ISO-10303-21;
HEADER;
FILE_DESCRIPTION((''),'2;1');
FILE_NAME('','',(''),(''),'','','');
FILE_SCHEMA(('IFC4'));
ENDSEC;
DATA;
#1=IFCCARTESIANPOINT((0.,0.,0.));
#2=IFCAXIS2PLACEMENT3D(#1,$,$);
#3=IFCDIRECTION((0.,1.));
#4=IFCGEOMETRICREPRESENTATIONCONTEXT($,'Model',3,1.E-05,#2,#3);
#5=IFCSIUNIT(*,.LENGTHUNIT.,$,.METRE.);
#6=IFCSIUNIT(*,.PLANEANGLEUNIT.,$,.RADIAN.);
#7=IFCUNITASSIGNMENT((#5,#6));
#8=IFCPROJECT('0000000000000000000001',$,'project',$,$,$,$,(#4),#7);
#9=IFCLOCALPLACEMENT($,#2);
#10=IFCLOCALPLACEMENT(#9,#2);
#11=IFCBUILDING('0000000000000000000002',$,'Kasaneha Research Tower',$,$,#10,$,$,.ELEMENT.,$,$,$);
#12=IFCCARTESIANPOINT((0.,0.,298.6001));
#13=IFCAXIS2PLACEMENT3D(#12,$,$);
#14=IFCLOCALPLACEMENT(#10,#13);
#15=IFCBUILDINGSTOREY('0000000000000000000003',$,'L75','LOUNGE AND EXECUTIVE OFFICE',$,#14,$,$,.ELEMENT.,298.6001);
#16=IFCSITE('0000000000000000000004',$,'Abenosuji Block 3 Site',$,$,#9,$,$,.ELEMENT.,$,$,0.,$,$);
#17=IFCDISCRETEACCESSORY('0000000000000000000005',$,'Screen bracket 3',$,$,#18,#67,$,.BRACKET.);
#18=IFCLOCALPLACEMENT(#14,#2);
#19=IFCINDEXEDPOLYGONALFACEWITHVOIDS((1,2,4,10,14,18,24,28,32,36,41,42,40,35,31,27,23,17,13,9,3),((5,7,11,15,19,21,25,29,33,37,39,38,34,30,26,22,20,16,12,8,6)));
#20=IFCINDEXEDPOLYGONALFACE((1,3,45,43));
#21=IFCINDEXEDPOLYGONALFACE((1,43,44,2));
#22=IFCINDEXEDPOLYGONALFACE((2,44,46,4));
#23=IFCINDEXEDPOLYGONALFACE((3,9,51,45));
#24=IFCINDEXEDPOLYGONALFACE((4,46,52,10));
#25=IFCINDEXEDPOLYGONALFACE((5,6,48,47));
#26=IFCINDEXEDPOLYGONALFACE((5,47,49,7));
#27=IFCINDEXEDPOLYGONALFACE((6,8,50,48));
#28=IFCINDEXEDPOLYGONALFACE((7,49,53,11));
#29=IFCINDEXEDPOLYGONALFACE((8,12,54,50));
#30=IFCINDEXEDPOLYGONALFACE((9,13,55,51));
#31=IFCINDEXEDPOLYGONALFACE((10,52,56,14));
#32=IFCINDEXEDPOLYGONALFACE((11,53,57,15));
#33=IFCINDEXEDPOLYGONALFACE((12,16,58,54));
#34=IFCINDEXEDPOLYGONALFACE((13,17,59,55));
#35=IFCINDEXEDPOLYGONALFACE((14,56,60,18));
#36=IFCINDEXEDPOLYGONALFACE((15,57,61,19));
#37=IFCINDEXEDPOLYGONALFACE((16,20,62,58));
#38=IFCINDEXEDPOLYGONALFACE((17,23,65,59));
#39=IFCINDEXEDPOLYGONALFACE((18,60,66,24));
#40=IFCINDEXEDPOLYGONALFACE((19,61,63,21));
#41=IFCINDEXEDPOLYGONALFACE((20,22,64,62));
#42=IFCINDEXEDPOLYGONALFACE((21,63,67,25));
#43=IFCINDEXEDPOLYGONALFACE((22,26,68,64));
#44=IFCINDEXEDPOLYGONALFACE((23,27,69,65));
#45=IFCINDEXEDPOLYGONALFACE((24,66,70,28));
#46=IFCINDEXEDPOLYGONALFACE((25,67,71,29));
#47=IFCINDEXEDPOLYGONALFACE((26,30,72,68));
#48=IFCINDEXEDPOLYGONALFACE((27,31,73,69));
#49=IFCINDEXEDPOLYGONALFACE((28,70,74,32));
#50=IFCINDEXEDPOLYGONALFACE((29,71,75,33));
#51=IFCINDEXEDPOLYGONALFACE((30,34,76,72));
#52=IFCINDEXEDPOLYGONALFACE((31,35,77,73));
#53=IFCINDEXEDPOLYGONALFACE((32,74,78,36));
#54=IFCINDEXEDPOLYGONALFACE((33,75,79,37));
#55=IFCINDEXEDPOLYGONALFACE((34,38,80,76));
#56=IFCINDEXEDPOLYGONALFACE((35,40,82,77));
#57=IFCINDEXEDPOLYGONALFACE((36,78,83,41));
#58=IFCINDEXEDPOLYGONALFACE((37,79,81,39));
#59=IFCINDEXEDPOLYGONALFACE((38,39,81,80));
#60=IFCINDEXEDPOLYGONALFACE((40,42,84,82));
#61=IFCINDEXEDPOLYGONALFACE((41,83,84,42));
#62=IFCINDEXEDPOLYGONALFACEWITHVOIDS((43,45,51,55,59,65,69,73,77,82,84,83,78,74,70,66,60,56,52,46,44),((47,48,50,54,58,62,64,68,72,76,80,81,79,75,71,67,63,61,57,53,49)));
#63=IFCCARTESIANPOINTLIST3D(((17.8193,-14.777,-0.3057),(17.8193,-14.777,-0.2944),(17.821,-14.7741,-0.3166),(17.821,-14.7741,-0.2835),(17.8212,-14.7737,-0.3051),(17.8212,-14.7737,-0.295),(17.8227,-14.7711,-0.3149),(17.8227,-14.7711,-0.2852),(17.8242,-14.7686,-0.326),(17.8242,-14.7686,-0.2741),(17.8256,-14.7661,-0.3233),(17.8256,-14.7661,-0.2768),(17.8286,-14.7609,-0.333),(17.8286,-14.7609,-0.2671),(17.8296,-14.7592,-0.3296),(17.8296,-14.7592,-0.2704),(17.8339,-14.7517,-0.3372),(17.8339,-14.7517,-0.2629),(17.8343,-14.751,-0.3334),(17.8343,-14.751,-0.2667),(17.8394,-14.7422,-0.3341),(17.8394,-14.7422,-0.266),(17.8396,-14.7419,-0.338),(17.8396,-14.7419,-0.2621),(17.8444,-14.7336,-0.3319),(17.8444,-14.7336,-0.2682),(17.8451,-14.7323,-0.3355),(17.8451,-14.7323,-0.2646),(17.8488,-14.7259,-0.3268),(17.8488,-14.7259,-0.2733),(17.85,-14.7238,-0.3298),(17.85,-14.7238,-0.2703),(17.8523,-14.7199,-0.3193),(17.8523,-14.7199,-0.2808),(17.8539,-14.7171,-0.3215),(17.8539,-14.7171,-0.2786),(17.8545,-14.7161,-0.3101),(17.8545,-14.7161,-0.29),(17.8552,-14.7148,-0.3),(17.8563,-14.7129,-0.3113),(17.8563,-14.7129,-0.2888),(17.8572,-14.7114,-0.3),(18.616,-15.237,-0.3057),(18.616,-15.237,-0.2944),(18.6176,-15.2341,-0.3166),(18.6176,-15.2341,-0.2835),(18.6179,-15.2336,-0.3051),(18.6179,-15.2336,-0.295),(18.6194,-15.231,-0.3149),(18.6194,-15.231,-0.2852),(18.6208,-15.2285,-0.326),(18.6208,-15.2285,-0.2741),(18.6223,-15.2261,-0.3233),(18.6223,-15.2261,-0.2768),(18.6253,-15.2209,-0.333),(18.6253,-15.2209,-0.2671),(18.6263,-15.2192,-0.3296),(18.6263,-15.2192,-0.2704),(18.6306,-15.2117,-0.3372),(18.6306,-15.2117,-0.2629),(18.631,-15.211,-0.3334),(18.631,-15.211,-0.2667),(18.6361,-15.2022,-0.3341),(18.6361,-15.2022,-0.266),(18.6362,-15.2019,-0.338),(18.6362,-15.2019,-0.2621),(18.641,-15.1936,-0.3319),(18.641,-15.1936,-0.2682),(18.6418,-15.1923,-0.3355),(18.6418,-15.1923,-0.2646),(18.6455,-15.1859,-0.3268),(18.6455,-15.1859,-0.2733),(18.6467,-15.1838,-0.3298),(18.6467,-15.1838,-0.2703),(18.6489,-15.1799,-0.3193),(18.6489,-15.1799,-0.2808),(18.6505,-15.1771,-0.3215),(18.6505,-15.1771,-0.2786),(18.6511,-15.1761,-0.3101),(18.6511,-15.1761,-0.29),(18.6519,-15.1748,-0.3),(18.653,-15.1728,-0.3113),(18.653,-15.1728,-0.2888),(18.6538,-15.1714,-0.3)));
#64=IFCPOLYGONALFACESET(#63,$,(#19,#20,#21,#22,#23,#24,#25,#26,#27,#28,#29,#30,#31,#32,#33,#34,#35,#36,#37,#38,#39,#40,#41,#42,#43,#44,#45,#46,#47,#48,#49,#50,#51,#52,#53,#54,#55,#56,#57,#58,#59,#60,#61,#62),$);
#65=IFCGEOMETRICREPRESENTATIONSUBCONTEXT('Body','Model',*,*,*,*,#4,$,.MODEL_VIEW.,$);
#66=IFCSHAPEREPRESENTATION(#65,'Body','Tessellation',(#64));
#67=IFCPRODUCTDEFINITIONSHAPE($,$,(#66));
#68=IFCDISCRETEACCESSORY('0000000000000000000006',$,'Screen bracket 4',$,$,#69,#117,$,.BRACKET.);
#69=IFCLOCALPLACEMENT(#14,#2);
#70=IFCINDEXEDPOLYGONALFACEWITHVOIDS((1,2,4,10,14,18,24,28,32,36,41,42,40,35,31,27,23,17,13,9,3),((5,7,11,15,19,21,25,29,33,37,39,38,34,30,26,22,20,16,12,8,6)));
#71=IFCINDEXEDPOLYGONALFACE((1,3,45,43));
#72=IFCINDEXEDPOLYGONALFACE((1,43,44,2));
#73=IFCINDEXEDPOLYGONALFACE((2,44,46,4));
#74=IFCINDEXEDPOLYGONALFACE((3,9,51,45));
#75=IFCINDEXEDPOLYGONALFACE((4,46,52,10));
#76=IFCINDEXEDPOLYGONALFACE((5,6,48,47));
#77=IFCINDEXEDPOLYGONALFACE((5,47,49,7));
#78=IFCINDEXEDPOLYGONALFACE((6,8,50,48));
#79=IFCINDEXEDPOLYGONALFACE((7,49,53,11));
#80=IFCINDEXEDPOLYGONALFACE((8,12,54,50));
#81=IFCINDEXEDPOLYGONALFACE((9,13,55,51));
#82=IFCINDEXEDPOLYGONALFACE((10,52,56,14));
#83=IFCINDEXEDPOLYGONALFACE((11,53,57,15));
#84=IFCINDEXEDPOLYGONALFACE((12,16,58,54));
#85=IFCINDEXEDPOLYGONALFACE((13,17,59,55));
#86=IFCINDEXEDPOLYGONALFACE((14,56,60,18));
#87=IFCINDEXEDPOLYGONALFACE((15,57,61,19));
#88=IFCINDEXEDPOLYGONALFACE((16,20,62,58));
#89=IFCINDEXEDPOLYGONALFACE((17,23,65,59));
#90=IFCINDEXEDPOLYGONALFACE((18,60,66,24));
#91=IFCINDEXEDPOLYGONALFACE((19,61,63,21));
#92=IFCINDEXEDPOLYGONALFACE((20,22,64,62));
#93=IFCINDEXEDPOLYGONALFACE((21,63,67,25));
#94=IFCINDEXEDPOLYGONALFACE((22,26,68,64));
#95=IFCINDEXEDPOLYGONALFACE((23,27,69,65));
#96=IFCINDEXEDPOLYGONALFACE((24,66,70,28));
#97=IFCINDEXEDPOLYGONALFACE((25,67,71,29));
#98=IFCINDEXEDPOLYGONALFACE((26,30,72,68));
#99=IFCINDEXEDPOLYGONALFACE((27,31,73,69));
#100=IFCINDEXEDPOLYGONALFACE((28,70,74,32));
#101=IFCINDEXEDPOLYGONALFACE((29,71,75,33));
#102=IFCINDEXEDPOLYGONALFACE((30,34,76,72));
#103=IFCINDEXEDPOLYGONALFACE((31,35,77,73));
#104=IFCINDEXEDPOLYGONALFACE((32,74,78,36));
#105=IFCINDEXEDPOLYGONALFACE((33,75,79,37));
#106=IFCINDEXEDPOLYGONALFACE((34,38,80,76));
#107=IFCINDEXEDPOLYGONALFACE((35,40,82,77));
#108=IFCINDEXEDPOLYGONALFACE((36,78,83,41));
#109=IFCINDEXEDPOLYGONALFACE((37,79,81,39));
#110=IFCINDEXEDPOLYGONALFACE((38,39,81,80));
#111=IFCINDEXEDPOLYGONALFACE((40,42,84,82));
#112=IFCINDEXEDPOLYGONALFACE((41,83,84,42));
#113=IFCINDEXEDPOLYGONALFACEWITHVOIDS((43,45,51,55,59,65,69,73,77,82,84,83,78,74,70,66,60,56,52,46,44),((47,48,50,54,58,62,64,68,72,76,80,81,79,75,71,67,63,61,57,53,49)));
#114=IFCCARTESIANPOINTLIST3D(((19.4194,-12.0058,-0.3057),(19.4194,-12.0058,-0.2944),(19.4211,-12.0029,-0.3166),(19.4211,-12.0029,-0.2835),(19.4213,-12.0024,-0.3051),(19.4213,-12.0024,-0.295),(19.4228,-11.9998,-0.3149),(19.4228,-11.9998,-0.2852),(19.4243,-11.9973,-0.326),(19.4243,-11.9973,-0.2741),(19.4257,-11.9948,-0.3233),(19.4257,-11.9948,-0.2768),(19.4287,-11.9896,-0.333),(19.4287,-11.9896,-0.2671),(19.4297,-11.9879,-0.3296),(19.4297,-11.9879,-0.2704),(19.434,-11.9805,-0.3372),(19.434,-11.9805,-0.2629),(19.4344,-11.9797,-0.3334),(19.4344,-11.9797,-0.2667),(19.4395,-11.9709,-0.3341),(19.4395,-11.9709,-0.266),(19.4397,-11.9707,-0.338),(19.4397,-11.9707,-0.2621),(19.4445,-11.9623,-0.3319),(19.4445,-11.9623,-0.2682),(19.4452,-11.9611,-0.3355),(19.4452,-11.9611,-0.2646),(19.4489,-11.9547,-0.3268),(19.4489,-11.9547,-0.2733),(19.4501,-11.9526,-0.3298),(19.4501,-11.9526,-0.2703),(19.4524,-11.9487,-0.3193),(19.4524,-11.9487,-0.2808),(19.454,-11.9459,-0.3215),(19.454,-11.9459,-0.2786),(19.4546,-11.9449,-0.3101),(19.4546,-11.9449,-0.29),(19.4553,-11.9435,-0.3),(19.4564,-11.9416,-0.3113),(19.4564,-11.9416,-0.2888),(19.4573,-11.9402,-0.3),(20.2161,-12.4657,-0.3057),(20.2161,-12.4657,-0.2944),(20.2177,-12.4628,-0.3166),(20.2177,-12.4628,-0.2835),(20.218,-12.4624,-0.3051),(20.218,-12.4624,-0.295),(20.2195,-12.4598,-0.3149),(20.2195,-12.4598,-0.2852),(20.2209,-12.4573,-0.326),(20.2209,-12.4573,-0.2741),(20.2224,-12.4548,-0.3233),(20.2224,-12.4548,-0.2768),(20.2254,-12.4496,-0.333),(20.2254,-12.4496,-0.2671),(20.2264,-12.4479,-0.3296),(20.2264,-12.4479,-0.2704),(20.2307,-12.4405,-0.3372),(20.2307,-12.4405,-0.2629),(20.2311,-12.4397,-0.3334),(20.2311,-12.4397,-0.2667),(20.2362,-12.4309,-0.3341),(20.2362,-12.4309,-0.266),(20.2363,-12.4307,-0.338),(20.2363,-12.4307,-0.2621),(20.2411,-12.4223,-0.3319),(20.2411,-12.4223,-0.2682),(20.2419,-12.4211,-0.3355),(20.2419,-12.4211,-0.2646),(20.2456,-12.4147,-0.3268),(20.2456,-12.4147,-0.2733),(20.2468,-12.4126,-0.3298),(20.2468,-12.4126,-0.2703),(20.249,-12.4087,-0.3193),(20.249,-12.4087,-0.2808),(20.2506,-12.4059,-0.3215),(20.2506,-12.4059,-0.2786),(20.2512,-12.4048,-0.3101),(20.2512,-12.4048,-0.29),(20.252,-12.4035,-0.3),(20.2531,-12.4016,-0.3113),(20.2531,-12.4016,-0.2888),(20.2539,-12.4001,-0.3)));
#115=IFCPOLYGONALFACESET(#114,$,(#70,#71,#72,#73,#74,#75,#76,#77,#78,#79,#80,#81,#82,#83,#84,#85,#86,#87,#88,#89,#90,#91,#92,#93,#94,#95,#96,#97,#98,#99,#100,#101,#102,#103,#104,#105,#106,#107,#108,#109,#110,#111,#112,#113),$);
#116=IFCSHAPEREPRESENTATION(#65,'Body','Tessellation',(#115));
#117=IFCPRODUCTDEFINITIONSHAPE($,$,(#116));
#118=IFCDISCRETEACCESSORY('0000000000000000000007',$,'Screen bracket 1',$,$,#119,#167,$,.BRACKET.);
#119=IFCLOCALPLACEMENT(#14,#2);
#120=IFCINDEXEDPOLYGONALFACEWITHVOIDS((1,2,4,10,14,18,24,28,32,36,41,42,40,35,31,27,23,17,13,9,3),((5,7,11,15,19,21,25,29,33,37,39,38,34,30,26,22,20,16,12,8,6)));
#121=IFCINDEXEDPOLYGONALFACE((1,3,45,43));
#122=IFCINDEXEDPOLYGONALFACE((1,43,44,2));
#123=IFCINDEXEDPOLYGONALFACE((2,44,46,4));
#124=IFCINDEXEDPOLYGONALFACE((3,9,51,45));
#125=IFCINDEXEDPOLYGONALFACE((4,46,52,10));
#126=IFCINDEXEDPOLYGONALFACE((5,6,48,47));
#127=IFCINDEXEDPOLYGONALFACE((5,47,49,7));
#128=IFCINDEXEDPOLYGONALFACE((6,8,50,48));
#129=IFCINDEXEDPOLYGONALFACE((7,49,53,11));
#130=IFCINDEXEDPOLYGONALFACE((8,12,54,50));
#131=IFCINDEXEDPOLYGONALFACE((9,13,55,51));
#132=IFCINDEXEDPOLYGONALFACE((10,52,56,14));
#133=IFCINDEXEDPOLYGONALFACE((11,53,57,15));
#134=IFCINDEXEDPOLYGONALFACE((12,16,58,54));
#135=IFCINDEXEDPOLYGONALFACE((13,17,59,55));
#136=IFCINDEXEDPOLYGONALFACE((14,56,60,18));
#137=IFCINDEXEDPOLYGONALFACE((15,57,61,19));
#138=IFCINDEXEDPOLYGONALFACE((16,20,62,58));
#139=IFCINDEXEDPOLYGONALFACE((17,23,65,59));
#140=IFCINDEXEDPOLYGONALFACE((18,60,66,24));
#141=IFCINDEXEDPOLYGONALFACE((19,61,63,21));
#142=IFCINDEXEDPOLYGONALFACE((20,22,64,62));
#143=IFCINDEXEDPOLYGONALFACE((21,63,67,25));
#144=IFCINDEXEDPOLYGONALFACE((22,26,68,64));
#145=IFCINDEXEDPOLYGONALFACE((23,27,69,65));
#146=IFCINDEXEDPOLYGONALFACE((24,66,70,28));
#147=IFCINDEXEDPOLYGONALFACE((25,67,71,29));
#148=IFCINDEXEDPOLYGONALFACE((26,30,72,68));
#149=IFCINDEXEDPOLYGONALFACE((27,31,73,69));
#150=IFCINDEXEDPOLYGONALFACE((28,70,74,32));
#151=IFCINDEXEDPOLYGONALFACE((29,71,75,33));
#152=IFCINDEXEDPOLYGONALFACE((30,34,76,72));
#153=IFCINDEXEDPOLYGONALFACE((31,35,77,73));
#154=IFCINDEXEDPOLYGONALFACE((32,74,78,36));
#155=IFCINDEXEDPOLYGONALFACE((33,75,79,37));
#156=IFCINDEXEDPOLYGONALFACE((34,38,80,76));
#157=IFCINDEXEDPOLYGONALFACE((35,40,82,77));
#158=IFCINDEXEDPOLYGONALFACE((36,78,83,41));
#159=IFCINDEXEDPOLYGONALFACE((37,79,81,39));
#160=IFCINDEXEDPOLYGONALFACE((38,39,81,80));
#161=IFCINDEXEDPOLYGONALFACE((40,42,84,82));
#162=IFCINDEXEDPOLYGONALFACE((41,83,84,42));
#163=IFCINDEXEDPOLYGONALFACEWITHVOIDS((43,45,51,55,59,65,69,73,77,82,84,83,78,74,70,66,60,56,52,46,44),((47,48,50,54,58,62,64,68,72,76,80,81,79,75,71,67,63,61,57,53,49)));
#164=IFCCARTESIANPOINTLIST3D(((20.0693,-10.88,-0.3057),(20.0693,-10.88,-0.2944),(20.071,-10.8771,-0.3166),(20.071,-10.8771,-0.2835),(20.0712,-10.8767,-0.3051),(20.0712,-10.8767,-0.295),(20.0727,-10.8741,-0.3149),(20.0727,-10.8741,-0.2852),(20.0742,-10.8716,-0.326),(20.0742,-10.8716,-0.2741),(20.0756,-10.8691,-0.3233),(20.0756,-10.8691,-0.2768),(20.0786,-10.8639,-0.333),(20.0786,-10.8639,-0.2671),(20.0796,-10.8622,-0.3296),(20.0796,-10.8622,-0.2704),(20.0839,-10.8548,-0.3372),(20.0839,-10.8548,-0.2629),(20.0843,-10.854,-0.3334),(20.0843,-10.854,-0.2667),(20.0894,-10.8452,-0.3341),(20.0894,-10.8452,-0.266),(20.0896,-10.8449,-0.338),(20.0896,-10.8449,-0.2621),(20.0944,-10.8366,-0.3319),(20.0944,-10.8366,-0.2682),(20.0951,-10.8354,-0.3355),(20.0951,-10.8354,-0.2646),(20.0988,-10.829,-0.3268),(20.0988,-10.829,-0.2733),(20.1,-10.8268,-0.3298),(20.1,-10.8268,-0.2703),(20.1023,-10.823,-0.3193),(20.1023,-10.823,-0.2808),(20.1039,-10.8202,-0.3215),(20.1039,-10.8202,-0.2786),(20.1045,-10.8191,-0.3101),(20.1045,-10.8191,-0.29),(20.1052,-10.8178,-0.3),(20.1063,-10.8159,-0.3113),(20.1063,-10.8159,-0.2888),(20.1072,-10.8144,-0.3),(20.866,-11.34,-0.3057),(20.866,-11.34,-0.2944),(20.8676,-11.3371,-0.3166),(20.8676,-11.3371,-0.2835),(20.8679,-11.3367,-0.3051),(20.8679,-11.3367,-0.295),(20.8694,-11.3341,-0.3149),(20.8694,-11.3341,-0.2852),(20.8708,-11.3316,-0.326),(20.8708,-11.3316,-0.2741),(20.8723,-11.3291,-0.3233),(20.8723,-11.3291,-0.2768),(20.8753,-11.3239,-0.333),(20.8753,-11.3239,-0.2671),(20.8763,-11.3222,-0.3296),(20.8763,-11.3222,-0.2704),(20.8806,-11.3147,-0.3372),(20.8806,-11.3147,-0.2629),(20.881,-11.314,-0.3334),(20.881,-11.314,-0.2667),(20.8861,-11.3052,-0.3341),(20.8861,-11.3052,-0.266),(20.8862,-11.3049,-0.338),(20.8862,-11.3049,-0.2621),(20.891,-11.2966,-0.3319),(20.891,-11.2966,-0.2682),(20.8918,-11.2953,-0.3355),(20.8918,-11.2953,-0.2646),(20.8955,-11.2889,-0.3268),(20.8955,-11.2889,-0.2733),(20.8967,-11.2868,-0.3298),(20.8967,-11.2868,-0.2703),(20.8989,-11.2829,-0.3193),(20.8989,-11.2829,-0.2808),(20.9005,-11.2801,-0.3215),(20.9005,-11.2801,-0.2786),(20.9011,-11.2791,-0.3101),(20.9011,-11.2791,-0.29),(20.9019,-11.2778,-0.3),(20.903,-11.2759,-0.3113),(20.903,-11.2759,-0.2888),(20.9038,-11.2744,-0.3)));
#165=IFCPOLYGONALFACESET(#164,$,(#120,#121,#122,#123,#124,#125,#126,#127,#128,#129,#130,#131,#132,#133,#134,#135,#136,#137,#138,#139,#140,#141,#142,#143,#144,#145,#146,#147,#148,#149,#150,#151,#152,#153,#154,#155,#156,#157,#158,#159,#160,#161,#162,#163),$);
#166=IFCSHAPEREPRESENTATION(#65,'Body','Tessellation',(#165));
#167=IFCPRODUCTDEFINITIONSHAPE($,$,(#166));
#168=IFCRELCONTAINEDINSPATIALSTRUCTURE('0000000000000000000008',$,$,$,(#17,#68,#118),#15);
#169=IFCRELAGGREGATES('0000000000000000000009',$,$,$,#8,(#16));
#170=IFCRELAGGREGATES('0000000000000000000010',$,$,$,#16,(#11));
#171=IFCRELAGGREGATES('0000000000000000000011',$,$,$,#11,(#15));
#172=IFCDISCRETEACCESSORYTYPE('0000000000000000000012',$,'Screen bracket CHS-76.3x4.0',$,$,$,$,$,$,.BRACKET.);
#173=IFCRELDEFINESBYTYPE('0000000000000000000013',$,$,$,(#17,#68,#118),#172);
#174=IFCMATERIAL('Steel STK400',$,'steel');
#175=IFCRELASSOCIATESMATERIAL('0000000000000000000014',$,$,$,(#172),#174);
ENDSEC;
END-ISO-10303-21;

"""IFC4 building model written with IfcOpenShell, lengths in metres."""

from ifc_helpers import new_model, si_unit, direction, frame, origin, origin_2d, place, context, subcontext, project, spatial, hollow_circle, extrude, material, material_profile, profile_set, type_object, element, save


model = new_model("IFC4")

# Units and contexts
model_context = context("Model", 3, precision=1e-05, world=origin(), true_north=direction((0.0, 1.0)))
body_context = subcontext(model_context, "Body", "Model", "MODEL_VIEW")
ifc_project = project(units=[si_unit("LENGTHUNIT", "METRE"), si_unit("PLANEANGLEUNIT", "RADIAN")], contexts=[model_context])

# Site, building, storey
site_placement = place(None, origin())
site = spatial("IfcSite", under=ifc_project, at=site_placement, Name="Abenosuji Block 3 Site", CompositionType="ELEMENT", RefElevation=0.0)
building_placement = place(site_placement, origin())
building = spatial("IfcBuilding", under=site, at=building_placement, Name="Kasaneha Research Tower", CompositionType="ELEMENT")
storey_placement = place(building_placement, frame((0.0, 0.0, 298.6001)))
storey = spatial("IfcBuildingStorey", under=building, at=storey_placement, Name="L75", Description="LOUNGE AND EXECUTIVE OFFICE", CompositionType="ELEMENT", Elevation=298.6001)

# Discrete accessories
ifc_material_1 = material(Name="Steel STK400", Category="steel")
ifc_material_profile_1 = material_profile(ifc_material_1, hollow_circle(Radius=0.0381, WallThickness=0.0039, at=origin_2d()), Name="CHS-76.3x4.0")
ifc_profile_set_1 = profile_set([ifc_material_profile_1], Name="Steel STK400")
discrete_accessory_type = type_object("IfcDiscreteAccessoryType", Name="Screen bracket CHS-76.3x4.0", PredefinedType="BRACKET", material=ifc_profile_set_1)
for number, where, z_axis, x_axis, name in (
    (1, (17.8381, -14.7444, -0.3), (0.866013, -0.500021, 0.0), (0.500021, 0.866013, 0.0), "Screen bracket 3"),
    (2, (19.4382, -11.9731, -0.3), (0.866013, -0.500021, 0.0), (0.500021, 0.866013, 0.0), "Screen bracket 4"),
    (3, (20.0881, -10.8474, -0.3), (0.866013, -0.500021, 0.0), (0.500021, 0.866013, 0.0), "Screen bracket 1"),
):
    element("IfcDiscreteAccessory", number, at=place(storey_placement, frame(where, z_axis=z_axis, x_axis=x_axis)), inside=storey, type_object=discrete_accessory_type, Name=name, PredefinedType="BRACKET", context=body_context, shape_type="SweptSolid", body=[
        extrude(hollow_circle(Radius=0.0381, WallThickness=0.0039, at=origin_2d()), origin(), (0.0, 0.0, 1.0), 0.9199),
    ])

save(model, "model.ifc")
